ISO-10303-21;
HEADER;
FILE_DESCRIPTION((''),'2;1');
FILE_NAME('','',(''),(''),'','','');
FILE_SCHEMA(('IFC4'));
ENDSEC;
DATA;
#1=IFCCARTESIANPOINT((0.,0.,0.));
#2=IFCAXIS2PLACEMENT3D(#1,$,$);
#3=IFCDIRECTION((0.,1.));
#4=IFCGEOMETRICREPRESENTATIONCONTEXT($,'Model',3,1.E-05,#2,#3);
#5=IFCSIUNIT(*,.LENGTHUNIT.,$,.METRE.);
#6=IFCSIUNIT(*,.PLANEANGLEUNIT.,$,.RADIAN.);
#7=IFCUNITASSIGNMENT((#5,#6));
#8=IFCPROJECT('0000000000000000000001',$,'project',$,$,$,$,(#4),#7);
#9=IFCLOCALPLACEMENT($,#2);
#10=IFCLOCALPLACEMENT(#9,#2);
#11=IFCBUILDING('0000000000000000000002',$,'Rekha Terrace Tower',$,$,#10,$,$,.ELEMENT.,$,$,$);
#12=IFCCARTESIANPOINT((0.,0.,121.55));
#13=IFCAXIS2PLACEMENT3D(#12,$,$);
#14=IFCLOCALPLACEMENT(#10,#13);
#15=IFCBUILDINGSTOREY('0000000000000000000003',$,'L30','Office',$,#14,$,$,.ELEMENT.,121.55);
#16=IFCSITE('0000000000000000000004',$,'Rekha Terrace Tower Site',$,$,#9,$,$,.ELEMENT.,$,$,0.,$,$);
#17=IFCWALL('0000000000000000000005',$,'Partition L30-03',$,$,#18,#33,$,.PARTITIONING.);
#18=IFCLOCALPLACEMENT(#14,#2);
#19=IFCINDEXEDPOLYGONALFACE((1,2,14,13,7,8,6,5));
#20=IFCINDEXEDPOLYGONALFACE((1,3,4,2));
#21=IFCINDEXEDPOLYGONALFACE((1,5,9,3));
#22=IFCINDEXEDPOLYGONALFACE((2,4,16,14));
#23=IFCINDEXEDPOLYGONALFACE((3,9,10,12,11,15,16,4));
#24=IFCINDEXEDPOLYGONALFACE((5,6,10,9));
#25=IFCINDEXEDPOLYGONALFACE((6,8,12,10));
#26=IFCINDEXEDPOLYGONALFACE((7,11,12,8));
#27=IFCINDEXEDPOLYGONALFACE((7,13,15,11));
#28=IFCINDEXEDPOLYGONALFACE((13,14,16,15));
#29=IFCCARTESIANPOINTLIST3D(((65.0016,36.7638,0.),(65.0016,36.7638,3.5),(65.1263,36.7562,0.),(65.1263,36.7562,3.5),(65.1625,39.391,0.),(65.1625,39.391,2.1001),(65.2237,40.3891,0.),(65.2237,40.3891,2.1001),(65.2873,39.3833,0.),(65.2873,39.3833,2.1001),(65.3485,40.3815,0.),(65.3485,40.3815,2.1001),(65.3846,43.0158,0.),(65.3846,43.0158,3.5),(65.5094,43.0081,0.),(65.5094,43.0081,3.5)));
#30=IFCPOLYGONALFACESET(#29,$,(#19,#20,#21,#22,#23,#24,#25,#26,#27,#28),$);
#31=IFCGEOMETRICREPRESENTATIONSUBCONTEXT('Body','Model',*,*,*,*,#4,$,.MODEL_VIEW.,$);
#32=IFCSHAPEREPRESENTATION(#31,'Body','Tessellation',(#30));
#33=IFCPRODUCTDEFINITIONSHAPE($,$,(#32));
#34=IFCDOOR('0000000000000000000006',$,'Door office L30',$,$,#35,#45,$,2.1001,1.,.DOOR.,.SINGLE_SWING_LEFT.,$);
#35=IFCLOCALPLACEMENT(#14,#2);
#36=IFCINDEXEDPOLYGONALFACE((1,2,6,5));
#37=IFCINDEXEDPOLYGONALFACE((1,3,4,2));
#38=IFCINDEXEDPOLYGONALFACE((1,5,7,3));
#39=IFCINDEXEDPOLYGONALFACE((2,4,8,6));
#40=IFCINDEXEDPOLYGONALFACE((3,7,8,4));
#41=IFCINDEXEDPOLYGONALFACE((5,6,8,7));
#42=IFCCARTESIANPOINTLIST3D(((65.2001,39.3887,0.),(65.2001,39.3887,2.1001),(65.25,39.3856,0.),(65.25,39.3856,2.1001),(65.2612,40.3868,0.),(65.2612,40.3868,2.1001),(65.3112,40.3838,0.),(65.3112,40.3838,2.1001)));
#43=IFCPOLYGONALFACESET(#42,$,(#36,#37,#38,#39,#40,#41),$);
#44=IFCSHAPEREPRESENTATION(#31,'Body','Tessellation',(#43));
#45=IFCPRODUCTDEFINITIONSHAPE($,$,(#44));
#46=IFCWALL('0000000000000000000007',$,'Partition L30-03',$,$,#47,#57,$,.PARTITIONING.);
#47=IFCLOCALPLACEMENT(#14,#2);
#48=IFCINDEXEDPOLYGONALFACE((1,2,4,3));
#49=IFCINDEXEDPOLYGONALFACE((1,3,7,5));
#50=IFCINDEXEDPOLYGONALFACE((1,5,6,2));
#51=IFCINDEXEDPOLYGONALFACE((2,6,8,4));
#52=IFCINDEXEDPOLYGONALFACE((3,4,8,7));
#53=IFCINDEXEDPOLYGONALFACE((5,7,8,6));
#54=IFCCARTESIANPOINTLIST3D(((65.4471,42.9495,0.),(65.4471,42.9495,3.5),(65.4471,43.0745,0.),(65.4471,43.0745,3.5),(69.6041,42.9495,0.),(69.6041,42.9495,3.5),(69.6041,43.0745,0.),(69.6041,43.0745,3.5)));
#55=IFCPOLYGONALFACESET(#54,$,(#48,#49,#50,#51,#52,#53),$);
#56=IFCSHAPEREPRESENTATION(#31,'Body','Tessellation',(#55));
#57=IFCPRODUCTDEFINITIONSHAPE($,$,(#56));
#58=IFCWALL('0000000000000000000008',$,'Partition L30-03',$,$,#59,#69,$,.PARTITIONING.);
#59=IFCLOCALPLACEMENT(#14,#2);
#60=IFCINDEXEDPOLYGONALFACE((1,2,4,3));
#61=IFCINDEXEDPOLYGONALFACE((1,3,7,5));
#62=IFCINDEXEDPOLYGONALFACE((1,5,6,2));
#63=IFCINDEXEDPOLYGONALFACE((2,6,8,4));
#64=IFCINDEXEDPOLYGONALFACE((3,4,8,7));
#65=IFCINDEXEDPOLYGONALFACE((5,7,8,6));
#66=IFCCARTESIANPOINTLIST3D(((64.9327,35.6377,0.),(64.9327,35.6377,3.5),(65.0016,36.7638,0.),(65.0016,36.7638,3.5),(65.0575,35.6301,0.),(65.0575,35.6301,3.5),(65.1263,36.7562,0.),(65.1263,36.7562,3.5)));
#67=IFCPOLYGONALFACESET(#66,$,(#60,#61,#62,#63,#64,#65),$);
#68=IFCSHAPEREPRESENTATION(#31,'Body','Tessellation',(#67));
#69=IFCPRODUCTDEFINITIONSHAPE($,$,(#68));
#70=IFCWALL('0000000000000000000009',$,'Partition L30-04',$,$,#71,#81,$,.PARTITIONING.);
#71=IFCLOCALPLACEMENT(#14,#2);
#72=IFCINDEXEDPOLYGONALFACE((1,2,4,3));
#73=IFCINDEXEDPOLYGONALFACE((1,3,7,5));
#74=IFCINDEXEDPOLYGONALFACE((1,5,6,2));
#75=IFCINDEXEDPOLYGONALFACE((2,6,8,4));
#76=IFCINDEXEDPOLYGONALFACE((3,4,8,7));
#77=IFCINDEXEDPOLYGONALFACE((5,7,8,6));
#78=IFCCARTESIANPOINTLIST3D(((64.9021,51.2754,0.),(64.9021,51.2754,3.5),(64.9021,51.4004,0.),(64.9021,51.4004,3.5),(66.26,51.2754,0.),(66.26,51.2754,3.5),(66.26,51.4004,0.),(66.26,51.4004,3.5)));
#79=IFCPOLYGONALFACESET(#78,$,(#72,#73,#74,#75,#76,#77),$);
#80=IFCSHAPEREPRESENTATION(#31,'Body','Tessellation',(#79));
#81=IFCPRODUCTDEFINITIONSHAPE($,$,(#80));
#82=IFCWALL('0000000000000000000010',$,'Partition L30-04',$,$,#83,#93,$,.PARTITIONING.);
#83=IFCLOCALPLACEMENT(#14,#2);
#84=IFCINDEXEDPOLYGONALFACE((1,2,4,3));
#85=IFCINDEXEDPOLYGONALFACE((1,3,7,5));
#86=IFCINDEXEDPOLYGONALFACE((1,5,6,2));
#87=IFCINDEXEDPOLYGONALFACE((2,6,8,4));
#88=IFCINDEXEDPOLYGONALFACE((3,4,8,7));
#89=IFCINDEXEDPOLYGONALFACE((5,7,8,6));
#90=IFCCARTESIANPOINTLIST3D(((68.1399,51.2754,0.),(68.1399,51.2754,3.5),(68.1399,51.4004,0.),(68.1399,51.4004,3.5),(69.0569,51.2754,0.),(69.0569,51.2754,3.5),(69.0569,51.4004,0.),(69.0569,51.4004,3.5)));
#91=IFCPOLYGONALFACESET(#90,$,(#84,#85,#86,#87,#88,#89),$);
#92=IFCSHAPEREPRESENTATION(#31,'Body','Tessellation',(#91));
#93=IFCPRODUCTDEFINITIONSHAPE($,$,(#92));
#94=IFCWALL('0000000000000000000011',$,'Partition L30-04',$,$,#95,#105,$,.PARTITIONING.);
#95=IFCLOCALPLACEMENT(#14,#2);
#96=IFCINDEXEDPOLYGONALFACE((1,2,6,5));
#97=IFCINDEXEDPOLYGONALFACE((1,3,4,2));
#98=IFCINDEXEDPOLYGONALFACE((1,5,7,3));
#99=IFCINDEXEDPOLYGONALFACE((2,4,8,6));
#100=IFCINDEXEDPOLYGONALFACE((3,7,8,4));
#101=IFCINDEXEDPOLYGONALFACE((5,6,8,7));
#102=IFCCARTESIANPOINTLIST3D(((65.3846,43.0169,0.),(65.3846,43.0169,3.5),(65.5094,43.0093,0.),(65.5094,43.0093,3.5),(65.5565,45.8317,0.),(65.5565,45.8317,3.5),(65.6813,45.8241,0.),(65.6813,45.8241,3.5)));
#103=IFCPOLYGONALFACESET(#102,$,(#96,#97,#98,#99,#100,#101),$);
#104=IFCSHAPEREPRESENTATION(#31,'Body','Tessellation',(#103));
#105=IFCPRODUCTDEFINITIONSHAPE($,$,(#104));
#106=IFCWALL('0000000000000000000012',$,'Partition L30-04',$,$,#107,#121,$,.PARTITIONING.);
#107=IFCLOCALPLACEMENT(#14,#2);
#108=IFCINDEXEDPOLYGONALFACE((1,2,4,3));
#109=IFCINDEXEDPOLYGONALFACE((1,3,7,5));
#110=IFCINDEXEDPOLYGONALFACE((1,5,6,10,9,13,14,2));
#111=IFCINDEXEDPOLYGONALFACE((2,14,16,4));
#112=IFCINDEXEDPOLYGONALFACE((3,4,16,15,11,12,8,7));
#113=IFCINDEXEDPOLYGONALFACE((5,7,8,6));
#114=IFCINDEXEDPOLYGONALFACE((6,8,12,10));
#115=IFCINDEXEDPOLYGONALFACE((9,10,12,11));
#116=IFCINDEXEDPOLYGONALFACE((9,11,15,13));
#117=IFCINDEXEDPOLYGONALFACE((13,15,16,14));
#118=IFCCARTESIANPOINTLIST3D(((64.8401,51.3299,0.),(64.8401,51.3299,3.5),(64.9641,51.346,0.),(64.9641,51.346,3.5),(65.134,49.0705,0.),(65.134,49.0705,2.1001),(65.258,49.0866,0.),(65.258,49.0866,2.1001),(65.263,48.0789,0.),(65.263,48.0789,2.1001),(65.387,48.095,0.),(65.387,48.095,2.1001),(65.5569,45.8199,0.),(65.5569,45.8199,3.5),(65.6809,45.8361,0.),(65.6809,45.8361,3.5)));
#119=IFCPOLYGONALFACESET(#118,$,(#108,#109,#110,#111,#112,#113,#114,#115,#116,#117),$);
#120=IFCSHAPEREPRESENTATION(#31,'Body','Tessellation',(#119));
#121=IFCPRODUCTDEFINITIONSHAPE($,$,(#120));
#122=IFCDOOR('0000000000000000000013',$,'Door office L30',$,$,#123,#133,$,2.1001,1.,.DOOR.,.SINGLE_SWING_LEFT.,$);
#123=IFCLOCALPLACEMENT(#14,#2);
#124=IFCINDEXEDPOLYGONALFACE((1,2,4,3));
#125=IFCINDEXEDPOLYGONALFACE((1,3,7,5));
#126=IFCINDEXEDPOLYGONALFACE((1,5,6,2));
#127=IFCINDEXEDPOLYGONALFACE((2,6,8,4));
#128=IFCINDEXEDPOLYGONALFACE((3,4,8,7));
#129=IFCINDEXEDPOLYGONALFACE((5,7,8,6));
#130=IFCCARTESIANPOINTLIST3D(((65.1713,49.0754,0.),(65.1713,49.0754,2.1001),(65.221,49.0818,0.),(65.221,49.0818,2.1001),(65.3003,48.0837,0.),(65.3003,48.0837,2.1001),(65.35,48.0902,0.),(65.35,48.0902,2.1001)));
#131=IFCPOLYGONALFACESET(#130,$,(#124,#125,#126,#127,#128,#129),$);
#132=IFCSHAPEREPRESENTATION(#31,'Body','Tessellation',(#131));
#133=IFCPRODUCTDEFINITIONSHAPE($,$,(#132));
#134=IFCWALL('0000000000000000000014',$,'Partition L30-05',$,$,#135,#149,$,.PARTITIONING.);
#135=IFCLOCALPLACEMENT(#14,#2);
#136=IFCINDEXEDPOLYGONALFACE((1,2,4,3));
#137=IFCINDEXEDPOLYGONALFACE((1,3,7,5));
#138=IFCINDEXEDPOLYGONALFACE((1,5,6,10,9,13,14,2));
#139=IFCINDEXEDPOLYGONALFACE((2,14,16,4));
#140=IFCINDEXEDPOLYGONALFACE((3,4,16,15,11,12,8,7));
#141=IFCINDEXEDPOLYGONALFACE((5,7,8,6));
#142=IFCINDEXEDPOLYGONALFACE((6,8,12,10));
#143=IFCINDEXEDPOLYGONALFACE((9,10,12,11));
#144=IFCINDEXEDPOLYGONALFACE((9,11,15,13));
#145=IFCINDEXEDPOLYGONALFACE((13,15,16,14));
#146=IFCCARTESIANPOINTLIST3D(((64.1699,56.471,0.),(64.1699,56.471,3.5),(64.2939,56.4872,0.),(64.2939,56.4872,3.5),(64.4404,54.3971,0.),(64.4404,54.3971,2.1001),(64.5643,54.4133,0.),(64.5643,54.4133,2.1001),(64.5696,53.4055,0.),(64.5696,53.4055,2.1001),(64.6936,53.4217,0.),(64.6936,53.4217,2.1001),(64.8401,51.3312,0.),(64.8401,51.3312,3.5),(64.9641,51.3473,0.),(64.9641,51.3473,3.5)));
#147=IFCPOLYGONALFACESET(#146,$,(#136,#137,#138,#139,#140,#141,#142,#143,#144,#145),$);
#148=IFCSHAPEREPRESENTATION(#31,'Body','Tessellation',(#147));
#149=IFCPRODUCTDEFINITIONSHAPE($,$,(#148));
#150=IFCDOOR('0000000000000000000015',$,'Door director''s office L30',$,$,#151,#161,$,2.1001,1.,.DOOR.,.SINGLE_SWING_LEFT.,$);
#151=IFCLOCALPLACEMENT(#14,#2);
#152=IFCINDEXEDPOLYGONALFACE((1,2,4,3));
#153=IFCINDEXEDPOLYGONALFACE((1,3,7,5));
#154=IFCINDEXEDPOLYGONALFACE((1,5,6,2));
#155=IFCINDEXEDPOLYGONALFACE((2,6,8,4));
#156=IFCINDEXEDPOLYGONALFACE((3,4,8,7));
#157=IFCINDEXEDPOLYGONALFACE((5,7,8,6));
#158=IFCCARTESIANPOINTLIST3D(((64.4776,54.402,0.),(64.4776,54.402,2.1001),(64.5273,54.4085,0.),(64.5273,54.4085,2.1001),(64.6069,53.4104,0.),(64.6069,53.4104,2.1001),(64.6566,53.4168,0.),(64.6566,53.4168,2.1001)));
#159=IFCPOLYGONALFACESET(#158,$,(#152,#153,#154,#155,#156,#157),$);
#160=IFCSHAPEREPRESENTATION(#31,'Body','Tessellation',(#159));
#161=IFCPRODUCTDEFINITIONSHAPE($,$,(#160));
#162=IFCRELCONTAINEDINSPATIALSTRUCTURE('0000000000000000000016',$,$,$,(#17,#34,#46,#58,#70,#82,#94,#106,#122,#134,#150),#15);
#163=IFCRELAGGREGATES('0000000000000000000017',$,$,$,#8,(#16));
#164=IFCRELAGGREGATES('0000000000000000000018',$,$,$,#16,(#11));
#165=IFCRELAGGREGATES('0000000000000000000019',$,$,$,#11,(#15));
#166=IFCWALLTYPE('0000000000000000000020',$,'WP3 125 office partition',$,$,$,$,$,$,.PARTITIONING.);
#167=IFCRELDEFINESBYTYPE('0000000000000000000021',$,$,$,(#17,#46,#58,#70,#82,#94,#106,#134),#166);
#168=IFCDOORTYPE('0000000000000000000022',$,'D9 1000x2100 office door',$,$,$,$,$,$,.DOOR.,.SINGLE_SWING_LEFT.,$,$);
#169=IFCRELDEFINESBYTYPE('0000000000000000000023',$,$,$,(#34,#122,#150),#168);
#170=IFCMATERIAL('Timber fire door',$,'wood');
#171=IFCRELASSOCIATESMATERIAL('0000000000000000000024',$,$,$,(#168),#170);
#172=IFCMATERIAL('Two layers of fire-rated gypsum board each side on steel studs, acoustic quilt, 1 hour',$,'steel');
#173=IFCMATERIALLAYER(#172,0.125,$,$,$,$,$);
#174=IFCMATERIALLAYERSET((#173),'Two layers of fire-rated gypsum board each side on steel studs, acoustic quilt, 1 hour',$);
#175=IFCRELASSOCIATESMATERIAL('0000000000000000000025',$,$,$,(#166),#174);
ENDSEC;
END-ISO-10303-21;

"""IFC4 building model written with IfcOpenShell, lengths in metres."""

from ifc_helpers import new_model, si_unit, direction, frame, frame_2d, origin, place, context, subcontext, project, spatial, rectangle, extrude, material, layer, layer_set, type_object, element, fill, save


model = new_model("IFC4")

# Units and contexts
model_context = context("Model", 3, precision=1e-05, world=origin(), true_north=direction((0.0, 1.0)))
body_context = subcontext(model_context, "Body", "Model", "MODEL_VIEW")
ifc_project = project(units=[si_unit("LENGTHUNIT", "METRE"), si_unit("PLANEANGLEUNIT", "RADIAN")], contexts=[model_context])

# Site, building, storey
site_placement = place(None, origin())
site = spatial("IfcSite", under=ifc_project, at=site_placement, Name="Rekha Terrace Tower Site", CompositionType="ELEMENT", RefElevation=0.0)
building_placement = place(site_placement, origin())
building = spatial("IfcBuilding", under=site, at=building_placement, Name="Rekha Terrace Tower", CompositionType="ELEMENT")
storey_placement = place(building_placement, frame((0.0, 0.0, 121.55)))
storey = spatial("IfcBuildingStorey", under=building, at=storey_placement, Name="L30", Description="Office", CompositionType="ELEMENT", Elevation=121.55)

# Shared definitions
ifc_material_1 = material(Name="Timber fire door", Category="wood")
door_type = type_object("IfcDoorType", Name="D9 1000x2100 office door", OperationType="SINGLE_SWING_LEFT", PredefinedType="DOOR", material=ifc_material_1)

# Shared definitions
ifc_material_2 = material(Name="Two layers of fire-rated gypsum board each side on steel studs, acoustic quilt, 1 hour", Category="steel")
ifc_layer_1 = layer(ifc_material_2, 0.125)
ifc_layer_set_1 = layer_set([ifc_layer_1], Name="Two layers of fire-rated gypsum board each side on steel studs, acoustic quilt, 1 hour")
wall_type_1 = type_object("IfcWallType", Name="WP3 125 office partition", PredefinedType="PARTITIONING", material=ifc_layer_set_1)

# Wall, opening, door
wall_1_placement = place(storey_placement, frame((65.064, 36.76, 0.0), z_axis=(0.0, 0.0, 1.0), x_axis=(0.061155, 0.998128, 0.0)))
wall_1 = element("IfcWall", 1, at=wall_1_placement, inside=storey, type_object=wall_type_1, Name="Partition L30-03", PredefinedType="PARTITIONING", context=body_context, shape_type="SweptSolid", body=[
    extrude(rectangle(XDim=6.2637, YDim=0.125, at=frame_2d((3.1318, 0.0))), origin(), (0.0, 0.0, 1.0), 3.5),
])
opening_1_placement = place(wall_1_placement, frame((2.6321, 0.0, 0.0)))
opening_1 = element("IfcOpeningElement", 2, at=opening_1_placement, cuts=wall_1, PredefinedType="OPENING", context=body_context, shape_type="SweptSolid", body=[
    extrude(rectangle(XDim=1.0, YDim=2.1001, at=frame_2d((0.5, 1.05))), frame((0.0, 0.0725, 0.0), z_axis=(0.0, -1.0, 0.0), x_axis=(1.0, 0.0, 0.0)), (0.0, 0.0, 1.0), 0.145),
])
door_1_placement = place(opening_1_placement, origin())
door_1 = element("IfcDoor", 3, at=door_1_placement, inside=storey, type_object=door_type, Name="Door office L30", OperationType="SINGLE_SWING_LEFT", OverallHeight=2.1001, OverallWidth=1.0, PredefinedType="DOOR", context=body_context, shape_type="SweptSolid", body=[
    extrude(rectangle(XDim=1.0, YDim=2.1001, at=frame_2d((0.5, 1.05))), frame((0.0, 0.0249, 0.0), z_axis=(0.0, -1.0, 0.0), x_axis=(1.0, 0.0, 0.0)), (0.0, 0.0, 1.0), 0.05),
])
fill(opening_1, door_1)

# Walls
wall_2_placement = place(storey_placement, frame((65.447, 43.012, 0.0), z_axis=(0.0, 0.0, 1.0), x_axis=(1.0, 0.0, 0.0)))
element("IfcWall", 4, at=wall_2_placement, inside=storey, type_object=wall_type_1, Name="Partition L30-03", PredefinedType="PARTITIONING", context=body_context, shape_type="SweptSolid", body=[
    extrude(rectangle(XDim=4.157, YDim=0.125, at=frame_2d((2.0786, 0.0))), origin(), (0.0, 0.0, 1.0), 3.5),
])
wall_3_placement = place(storey_placement, frame((64.9951, 35.634, 0.0), z_axis=(0.0, 0.0, 1.0), x_axis=(0.061031, 0.998136, 0.0)))
element("IfcWall", 5, at=wall_3_placement, inside=storey, type_object=wall_type_1, Name="Partition L30-03", PredefinedType="PARTITIONING", context=body_context, shape_type="SweptSolid", body=[
    extrude(rectangle(XDim=1.1282, YDim=0.125, at=frame_2d((0.564, 0.0))), origin(), (0.0, 0.0, 1.0), 3.5),
])
wall_4_placement = place(storey_placement, frame((64.9021, 51.3379, 0.0), z_axis=(0.0, 0.0, 1.0), x_axis=(1.0, 0.0, 0.0)))
element("IfcWall", 6, at=wall_4_placement, inside=storey, type_object=wall_type_1, Name="Partition L30-04", PredefinedType="PARTITIONING", context=body_context, shape_type="SweptSolid", body=[
    extrude(rectangle(XDim=1.3579, YDim=0.125, at=frame_2d((0.679, 0.0))), origin(), (0.0, 0.0, 1.0), 3.5),
])
wall_5_placement = place(storey_placement, frame((68.1399, 51.3379, 0.0), z_axis=(0.0, 0.0, 1.0), x_axis=(1.0, 0.0, 0.0)))
element("IfcWall", 7, at=wall_5_placement, inside=storey, type_object=wall_type_1, Name="Partition L30-04", PredefinedType="PARTITIONING", context=body_context, shape_type="SweptSolid", body=[
    extrude(rectangle(XDim=0.917, YDim=0.125, at=frame_2d((0.4585, 0.0))), origin(), (0.0, 0.0, 1.0), 3.5),
])
wall_6_placement = place(storey_placement, frame((65.447, 43.0129, 0.0), z_axis=(0.0, 0.0, 1.0), x_axis=(0.060945, 0.998141, 0.0)))
element("IfcWall", 8, at=wall_6_placement, inside=storey, type_object=wall_type_1, Name="Partition L30-04", PredefinedType="PARTITIONING", context=body_context, shape_type="SweptSolid", body=[
    extrude(rectangle(XDim=2.8201, YDim=0.125, at=frame_2d((1.4102, 0.0))), origin(), (0.0, 0.0, 1.0), 3.5),
])

# Walls, openings, doors
wall_7_placement = place(storey_placement, frame((65.6189, 45.8279, 0.0), z_axis=(0.0, 0.0, 1.0), x_axis=(-0.129003, 0.991644, 0.0)))
wall_7 = element("IfcWall", 9, at=wall_7_placement, inside=storey, type_object=wall_type_1, Name="Partition L30-04", PredefinedType="PARTITIONING", context=body_context, shape_type="SweptSolid", body=[
    extrude(rectangle(XDim=5.5564, YDim=0.125, at=frame_2d((2.7783, 0.0))), origin(), (0.0, 0.0, 1.0), 3.5),
])
opening_2_placement = place(wall_7_placement, frame((2.2781, 0.0, 0.0)))
opening_2 = element("IfcOpeningElement", 10, at=opening_2_placement, cuts=wall_7, PredefinedType="OPENING", context=body_context, shape_type="SweptSolid", body=[
    extrude(rectangle(XDim=1.0, YDim=2.1001, at=frame_2d((0.5, 1.05))), frame((0.0, 0.0725, 0.0), z_axis=(0.0, -1.0, 0.0), x_axis=(1.0, 0.0, 0.0)), (0.0, 0.0, 1.0), 0.145),
])
door_2_placement = place(opening_2_placement, origin())
door_2 = element("IfcDoor", 11, at=door_2_placement, inside=storey, type_object=door_type, Name="Door office L30", OperationType="SINGLE_SWING_LEFT", OverallHeight=2.1001, OverallWidth=1.0, PredefinedType="DOOR", context=body_context, shape_type="SweptSolid", body=[
    extrude(rectangle(XDim=1.0, YDim=2.1001, at=frame_2d((0.5, 1.05))), frame((0.0, 0.0249, 0.0), z_axis=(0.0, -1.0, 0.0), x_axis=(1.0, 0.0, 0.0)), (0.0, 0.0, 1.0), 0.05),
])
fill(opening_2, door_2)
wall_8_placement = place(storey_placement, frame((64.9021, 51.3391, 0.0), z_axis=(0.0, 0.0, 1.0), x_axis=(-0.129291, 0.991607, 0.0)))
wall_8 = element("IfcWall", 12, at=wall_8_placement, inside=storey, type_object=wall_type_1, Name="Partition L30-05", PredefinedType="PARTITIONING", context=body_context, shape_type="SweptSolid", body=[
    extrude(rectangle(XDim=5.1833, YDim=0.125, at=frame_2d((2.5918, 0.0))), origin(), (0.0, 0.0, 1.0), 3.5),
])
opening_3_placement = place(wall_8_placement, frame((2.092, 0.0, 0.0)))
opening_3 = element("IfcOpeningElement", 13, at=opening_3_placement, cuts=wall_8, PredefinedType="OPENING", context=body_context, shape_type="SweptSolid", body=[
    extrude(rectangle(XDim=1.0, YDim=2.1001, at=frame_2d((0.5, 1.05))), frame((0.0, 0.0725, 0.0), z_axis=(0.0, -1.0, 0.0), x_axis=(1.0, 0.0, 0.0)), (0.0, 0.0, 1.0), 0.145),
])
door_3_placement = place(opening_3_placement, origin())
door_3 = element("IfcDoor", 14, at=door_3_placement, inside=storey, type_object=door_type, Name="Door director's office L30", OperationType="SINGLE_SWING_LEFT", OverallHeight=2.1001, OverallWidth=1.0, PredefinedType="DOOR", context=body_context, shape_type="SweptSolid", body=[
    extrude(rectangle(XDim=1.0, YDim=2.1001, at=frame_2d((0.5, 1.05))), frame((0.0, 0.0249, 0.0), z_axis=(0.0, -1.0, 0.0), x_axis=(1.0, 0.0, 0.0)), (0.0, 0.0, 1.0), 0.05),
])
fill(opening_3, door_3)

save(model, "model.ifc")
